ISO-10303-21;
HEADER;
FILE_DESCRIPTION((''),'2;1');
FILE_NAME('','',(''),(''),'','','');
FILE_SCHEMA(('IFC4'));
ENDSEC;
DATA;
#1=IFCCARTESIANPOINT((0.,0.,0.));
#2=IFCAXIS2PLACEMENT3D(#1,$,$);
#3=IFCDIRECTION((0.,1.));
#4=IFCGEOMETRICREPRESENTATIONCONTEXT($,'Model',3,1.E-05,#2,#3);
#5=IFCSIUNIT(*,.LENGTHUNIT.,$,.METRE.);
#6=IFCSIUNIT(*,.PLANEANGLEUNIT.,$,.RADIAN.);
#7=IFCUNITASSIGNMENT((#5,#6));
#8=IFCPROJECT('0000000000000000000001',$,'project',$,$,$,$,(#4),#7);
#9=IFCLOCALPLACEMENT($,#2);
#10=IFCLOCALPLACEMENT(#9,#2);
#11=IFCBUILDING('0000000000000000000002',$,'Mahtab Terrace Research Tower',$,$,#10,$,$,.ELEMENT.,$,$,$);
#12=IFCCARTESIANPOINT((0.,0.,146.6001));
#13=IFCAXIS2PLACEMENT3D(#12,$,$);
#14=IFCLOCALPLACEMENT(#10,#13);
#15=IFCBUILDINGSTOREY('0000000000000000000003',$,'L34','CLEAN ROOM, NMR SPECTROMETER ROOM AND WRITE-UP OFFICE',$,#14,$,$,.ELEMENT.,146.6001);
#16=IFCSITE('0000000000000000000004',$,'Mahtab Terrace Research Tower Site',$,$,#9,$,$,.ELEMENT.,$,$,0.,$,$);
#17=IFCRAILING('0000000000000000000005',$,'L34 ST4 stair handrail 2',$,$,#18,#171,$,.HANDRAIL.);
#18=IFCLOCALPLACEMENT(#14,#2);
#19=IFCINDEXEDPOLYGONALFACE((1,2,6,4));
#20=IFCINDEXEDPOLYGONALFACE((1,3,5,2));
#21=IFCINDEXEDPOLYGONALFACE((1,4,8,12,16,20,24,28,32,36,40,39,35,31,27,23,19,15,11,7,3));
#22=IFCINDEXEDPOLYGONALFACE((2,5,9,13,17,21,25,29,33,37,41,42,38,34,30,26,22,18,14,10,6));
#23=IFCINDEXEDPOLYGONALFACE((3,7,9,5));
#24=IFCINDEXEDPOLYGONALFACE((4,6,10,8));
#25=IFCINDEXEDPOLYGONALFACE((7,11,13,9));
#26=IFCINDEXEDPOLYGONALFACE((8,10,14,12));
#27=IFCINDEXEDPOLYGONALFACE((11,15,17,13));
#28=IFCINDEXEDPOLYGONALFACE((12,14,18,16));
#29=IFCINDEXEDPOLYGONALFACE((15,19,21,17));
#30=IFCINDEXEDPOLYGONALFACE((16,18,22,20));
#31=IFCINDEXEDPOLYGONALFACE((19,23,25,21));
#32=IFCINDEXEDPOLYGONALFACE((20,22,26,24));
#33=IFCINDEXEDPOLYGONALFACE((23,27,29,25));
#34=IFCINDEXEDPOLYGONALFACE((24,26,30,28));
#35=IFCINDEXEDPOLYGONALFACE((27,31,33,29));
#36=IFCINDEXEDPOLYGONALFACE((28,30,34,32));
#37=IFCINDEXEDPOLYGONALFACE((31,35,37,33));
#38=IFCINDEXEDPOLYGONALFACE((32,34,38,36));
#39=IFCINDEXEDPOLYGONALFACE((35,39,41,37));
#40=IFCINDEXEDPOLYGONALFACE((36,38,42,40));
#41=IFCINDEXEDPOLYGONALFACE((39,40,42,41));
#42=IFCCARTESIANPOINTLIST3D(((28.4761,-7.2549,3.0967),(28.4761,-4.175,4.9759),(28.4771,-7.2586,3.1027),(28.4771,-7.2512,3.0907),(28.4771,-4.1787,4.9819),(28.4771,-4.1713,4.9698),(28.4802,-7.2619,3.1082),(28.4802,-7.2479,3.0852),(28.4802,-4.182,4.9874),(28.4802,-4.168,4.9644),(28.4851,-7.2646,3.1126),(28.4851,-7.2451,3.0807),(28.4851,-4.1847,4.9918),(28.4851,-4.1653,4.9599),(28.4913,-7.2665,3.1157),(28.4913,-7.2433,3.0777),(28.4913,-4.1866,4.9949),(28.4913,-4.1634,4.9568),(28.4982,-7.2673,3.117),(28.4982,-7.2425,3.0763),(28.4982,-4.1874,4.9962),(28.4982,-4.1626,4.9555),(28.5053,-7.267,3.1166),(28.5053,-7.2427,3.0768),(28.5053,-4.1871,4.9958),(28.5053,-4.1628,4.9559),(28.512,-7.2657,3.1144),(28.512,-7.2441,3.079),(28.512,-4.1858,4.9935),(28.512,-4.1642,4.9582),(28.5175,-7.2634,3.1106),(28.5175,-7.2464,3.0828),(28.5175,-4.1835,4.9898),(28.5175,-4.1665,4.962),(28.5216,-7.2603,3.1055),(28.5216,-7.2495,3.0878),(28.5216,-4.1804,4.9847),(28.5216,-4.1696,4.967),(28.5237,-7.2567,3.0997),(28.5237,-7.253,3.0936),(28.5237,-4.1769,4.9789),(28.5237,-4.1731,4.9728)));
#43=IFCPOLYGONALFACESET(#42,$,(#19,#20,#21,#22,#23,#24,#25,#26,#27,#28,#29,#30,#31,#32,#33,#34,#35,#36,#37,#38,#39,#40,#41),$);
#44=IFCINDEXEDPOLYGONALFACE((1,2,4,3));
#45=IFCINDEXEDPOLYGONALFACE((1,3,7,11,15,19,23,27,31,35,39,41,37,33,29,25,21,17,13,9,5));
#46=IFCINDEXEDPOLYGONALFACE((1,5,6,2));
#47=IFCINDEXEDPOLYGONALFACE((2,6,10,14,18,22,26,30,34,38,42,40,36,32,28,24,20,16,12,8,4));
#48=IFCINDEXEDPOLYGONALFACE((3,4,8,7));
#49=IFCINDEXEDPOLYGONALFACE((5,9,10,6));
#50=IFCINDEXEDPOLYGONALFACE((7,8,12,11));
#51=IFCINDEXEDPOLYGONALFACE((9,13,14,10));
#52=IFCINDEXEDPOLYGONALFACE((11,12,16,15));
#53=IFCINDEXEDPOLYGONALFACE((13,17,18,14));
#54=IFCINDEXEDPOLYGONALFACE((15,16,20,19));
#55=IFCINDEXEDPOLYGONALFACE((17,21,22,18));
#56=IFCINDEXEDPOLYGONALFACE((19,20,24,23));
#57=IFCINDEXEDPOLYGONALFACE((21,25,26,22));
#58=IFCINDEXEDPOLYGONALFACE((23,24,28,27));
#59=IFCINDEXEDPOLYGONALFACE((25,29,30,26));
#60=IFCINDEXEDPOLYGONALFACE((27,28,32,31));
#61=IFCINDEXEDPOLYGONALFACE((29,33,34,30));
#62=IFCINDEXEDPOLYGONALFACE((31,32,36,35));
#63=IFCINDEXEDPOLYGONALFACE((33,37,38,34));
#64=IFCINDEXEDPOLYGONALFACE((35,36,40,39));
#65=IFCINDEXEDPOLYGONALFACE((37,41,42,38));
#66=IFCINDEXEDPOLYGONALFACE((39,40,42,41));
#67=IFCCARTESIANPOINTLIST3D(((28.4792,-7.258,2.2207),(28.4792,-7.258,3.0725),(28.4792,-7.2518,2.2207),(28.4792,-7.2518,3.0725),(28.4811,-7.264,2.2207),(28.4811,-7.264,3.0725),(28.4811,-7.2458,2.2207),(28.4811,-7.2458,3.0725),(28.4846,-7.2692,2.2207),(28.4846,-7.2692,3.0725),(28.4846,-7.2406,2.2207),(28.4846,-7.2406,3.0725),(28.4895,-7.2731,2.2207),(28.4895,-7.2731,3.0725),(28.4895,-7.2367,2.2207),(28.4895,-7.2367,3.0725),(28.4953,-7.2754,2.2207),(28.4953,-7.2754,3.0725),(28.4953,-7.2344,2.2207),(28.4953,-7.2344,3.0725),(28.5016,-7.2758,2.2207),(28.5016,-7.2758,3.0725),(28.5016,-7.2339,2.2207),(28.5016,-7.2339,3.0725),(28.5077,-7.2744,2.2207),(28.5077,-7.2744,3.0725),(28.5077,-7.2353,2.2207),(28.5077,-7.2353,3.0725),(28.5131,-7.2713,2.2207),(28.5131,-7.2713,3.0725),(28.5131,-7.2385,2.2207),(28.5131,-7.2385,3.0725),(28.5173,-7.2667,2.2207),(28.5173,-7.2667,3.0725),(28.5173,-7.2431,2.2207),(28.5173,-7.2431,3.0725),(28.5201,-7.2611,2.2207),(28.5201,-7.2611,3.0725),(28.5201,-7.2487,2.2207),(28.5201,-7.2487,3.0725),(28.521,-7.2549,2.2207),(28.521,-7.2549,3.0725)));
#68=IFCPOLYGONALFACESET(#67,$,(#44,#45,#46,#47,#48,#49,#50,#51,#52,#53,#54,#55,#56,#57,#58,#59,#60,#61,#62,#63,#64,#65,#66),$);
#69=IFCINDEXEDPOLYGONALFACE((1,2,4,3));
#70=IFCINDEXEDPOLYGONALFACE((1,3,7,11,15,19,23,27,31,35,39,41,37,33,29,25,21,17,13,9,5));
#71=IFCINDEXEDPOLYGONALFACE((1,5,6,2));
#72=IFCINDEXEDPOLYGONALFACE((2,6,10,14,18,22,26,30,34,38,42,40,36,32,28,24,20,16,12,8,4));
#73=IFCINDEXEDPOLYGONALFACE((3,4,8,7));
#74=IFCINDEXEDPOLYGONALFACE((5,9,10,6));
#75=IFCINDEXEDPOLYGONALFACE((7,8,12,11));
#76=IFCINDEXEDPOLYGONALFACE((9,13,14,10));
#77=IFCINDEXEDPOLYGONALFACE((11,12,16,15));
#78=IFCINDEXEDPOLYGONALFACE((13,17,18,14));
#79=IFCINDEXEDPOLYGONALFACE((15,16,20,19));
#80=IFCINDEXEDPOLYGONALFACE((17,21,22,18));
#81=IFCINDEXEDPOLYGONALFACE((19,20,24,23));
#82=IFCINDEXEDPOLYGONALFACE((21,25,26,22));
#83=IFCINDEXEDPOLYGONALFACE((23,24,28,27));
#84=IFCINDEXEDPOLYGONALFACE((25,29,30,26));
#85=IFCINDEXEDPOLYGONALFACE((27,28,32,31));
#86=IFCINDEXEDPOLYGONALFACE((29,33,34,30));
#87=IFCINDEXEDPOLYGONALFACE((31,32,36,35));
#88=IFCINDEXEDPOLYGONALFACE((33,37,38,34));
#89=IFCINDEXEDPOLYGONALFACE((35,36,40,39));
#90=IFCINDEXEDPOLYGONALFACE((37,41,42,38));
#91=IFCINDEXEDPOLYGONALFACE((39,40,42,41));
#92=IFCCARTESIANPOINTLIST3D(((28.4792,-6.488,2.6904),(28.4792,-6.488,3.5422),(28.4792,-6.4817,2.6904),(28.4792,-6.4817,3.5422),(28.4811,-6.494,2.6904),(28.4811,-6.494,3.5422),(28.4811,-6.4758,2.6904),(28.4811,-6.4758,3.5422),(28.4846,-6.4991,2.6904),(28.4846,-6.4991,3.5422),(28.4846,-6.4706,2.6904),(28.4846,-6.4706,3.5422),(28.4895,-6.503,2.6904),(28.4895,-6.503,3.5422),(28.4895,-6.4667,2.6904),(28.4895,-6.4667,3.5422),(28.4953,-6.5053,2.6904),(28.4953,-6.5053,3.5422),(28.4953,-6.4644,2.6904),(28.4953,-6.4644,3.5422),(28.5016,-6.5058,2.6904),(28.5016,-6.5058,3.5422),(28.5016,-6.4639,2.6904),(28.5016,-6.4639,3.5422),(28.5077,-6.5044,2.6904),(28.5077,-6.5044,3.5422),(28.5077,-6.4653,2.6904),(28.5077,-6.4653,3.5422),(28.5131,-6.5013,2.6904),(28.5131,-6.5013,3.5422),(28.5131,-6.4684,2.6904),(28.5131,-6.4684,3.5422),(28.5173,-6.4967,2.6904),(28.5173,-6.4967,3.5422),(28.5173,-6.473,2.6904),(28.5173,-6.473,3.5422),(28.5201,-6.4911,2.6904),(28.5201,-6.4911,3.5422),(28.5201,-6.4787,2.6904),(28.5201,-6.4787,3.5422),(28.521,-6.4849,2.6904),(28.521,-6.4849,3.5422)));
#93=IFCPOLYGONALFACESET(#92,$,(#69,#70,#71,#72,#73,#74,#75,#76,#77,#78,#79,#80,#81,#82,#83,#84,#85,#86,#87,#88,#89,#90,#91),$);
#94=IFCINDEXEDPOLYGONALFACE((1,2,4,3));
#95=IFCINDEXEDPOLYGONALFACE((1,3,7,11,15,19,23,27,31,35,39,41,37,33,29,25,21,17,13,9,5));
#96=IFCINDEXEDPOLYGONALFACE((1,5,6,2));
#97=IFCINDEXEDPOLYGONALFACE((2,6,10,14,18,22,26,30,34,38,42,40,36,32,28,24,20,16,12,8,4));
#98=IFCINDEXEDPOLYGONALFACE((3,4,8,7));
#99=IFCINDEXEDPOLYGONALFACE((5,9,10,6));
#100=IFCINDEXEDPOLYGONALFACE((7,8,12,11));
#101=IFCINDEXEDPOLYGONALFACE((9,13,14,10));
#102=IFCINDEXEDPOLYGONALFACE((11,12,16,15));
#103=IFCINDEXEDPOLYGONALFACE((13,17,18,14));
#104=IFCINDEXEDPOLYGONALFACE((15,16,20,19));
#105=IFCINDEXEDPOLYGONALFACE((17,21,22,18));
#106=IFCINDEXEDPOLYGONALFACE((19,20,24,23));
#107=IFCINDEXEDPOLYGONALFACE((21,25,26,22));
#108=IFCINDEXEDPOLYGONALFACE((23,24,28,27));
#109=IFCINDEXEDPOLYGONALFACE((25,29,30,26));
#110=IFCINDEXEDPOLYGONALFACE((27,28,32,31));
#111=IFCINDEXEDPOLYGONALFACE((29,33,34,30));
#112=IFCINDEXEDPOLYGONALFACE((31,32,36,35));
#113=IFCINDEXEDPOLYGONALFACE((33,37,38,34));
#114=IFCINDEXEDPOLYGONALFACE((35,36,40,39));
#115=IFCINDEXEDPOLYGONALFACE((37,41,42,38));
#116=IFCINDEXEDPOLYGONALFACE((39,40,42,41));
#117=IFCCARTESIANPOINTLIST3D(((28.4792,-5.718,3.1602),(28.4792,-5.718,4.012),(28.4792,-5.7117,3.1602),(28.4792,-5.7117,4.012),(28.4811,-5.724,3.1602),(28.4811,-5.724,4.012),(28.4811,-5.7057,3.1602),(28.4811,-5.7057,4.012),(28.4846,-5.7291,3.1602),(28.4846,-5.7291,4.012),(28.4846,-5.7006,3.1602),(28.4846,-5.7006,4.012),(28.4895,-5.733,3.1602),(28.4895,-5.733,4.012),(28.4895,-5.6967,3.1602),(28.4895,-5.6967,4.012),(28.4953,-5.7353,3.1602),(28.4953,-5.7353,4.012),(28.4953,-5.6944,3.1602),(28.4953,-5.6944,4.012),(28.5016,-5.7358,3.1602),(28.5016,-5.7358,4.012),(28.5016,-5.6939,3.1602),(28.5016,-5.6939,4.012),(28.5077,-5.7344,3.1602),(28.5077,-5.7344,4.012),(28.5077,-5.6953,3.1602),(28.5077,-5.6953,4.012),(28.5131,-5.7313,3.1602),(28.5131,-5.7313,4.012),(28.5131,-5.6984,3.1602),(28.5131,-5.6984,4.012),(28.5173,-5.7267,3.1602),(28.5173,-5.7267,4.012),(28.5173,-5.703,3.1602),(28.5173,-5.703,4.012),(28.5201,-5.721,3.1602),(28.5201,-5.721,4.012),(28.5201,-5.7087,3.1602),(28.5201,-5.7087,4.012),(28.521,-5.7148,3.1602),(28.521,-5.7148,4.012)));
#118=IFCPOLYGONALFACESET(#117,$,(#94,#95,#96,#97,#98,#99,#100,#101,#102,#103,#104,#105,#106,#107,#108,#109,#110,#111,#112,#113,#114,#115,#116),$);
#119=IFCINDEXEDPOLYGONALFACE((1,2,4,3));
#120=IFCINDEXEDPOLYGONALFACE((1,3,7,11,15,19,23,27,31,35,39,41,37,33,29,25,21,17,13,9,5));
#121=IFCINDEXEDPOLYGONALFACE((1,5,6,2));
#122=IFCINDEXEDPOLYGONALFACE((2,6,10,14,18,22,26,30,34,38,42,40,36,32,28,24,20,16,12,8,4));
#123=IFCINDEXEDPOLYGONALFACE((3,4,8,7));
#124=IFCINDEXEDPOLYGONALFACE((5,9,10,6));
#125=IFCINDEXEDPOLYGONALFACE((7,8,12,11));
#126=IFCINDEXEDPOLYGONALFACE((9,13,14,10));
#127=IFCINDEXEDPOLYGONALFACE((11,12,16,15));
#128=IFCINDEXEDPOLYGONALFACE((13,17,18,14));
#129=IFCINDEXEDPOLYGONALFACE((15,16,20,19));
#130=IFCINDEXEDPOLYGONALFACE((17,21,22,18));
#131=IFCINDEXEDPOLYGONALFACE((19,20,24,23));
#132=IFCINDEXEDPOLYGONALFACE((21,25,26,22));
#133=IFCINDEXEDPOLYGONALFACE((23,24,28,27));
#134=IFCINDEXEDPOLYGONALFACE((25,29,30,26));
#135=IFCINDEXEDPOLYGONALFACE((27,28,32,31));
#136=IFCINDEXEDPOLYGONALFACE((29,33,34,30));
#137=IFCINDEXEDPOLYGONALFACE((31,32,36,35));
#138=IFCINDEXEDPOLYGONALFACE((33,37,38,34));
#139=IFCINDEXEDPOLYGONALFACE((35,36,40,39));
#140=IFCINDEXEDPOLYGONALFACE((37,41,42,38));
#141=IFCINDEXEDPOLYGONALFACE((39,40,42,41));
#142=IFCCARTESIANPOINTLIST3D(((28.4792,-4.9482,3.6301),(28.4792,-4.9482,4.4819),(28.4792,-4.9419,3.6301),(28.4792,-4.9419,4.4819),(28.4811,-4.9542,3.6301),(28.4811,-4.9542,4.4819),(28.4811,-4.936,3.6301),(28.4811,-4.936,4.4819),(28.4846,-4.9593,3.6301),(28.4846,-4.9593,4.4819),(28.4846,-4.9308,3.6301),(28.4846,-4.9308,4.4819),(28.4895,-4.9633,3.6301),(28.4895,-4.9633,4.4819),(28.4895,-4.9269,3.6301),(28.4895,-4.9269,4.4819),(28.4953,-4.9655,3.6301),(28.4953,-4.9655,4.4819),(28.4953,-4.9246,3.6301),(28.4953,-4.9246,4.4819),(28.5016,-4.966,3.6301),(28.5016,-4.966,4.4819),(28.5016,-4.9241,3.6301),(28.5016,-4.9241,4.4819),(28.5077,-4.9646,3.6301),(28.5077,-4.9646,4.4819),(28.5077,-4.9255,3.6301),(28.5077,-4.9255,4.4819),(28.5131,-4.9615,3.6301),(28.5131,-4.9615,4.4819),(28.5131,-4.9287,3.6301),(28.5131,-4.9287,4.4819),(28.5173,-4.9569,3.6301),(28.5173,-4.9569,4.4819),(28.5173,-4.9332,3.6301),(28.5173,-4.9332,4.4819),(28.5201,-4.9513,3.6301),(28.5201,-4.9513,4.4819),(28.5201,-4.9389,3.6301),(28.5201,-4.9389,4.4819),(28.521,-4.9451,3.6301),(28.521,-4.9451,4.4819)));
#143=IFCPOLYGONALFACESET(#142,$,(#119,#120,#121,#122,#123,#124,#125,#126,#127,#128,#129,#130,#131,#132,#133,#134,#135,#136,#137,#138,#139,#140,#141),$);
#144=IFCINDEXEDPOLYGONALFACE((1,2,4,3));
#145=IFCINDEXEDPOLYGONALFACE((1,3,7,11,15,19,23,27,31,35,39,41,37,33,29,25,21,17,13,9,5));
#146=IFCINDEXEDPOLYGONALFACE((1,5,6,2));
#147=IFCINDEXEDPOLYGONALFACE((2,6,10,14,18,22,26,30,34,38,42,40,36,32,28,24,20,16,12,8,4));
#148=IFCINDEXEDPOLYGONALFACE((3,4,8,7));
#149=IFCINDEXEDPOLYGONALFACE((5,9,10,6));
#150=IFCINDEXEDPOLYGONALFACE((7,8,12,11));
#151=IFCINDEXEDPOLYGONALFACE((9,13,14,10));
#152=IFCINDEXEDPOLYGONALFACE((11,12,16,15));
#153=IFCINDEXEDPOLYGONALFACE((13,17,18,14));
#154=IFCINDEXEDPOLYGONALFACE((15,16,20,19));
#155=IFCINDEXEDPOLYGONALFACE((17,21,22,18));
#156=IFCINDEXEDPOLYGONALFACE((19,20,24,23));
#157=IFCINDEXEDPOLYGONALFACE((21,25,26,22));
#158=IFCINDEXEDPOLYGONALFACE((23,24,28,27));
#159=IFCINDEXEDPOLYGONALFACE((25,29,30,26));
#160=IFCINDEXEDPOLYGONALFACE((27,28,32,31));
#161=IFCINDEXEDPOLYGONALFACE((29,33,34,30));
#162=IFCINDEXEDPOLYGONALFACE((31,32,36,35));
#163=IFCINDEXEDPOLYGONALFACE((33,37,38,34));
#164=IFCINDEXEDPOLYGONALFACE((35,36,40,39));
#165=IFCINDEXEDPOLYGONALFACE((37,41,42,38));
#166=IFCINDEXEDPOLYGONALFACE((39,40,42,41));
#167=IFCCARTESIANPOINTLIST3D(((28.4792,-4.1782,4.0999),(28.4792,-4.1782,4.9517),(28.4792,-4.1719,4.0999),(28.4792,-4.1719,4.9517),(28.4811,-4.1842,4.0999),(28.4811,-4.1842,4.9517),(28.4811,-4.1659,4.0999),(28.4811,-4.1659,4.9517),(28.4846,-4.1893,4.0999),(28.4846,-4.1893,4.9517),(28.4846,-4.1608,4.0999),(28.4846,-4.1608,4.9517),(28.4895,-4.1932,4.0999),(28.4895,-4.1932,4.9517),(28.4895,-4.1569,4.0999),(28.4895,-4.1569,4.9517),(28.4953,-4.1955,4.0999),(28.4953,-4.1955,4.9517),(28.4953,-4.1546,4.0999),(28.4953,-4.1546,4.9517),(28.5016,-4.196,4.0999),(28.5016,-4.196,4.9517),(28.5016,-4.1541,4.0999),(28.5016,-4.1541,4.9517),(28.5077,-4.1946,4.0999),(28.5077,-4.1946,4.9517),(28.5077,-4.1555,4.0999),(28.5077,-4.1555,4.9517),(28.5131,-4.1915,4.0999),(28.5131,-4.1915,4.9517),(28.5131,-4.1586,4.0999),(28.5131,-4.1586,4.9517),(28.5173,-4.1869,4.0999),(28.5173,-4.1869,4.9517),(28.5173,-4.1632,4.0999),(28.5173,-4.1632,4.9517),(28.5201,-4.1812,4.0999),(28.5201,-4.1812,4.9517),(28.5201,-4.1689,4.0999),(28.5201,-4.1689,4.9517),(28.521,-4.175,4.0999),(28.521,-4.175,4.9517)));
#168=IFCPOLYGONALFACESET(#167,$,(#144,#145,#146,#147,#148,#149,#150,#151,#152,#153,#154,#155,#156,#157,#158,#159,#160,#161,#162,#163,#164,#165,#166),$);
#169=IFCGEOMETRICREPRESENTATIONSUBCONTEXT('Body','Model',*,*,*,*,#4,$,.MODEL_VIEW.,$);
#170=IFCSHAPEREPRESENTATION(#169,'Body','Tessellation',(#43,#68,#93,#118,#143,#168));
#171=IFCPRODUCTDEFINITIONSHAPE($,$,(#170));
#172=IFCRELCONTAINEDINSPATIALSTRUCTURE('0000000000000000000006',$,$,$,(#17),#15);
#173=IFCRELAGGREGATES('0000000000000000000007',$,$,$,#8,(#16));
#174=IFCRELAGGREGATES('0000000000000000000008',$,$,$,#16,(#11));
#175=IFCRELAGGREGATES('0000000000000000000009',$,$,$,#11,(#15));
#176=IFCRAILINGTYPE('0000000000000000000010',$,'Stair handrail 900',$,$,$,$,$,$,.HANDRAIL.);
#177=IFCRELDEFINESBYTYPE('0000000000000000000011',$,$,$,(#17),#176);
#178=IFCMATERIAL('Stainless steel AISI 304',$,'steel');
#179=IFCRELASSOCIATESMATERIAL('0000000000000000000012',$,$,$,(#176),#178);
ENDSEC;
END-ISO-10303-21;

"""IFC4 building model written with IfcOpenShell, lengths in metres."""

from ifc_helpers import new_model, si_unit, direction, frame, origin, origin_2d, place, context, subcontext, project, spatial, circle, extrude, material, type_object, element, save


model = new_model("IFC4")

# Units and contexts
model_context = context("Model", 3, precision=1e-05, world=origin(), true_north=direction((0.0, 1.0)))
body_context = subcontext(model_context, "Body", "Model", "MODEL_VIEW")
ifc_project = project(units=[si_unit("LENGTHUNIT", "METRE"), si_unit("PLANEANGLEUNIT", "RADIAN")], contexts=[model_context])

# Site, building, storey
site_placement = place(None, origin())
site = spatial("IfcSite", under=ifc_project, at=site_placement, Name="Mahtab Terrace Research Tower Site", CompositionType="ELEMENT", RefElevation=0.0)
building_placement = place(site_placement, origin())
building = spatial("IfcBuilding", under=site, at=building_placement, Name="Mahtab Terrace Research Tower", CompositionType="ELEMENT")
storey_placement = place(building_placement, frame((0.0, 0.0, 146.6001)))
storey = spatial("IfcBuildingStorey", under=building, at=storey_placement, Name="L34", Description="CLEAN ROOM, NMR SPECTROMETER ROOM AND WRITE-UP OFFICE", CompositionType="ELEMENT", Elevation=146.6001)

# Railing
ifc_material_1 = material(Name="Stainless steel AISI 304", Category="steel")
railing_type_1 = type_object("IfcRailingType", Name="Stair handrail 900", PredefinedType="HANDRAIL", material=ifc_material_1)
railing_1_placement = place(storey_placement, frame((28.5, -7.2549, 2.2207)))
element("IfcRailing", 1, at=railing_1_placement, inside=storey, type_object=railing_type_1, Name="L34 ST4 stair handrail 2", PredefinedType="HANDRAIL", context=body_context, shape_type="SweptSolid", body=[
    extrude(circle(Radius=0.0239, at=origin_2d()), frame((0.0, 0.0, 0.876), z_axis=(0.0, 0.853648, 0.52085), x_axis=(-1.0, 0.0, 0.0)), (0.0, 0.0, 1.0), 3.6079),
    extrude(circle(Radius=0.021, at=origin_2d()), origin(), (0.0, 0.0, 1.0), 0.8518),
    extrude(circle(Radius=0.021, at=origin_2d()), frame((0.0, 0.77, 0.4697)), (0.0, 0.0, 1.0), 0.8518),
    extrude(circle(Radius=0.021, at=origin_2d()), frame((0.0, 1.54, 0.9395)), (0.0, 0.0, 1.0), 0.8518),
    extrude(circle(Radius=0.021, at=origin_2d()), frame((0.0, 2.3098, 1.4094)), (0.0, 0.0, 1.0), 0.8518),
    extrude(circle(Radius=0.021, at=origin_2d()), frame((0.0, 3.0798, 1.8792)), (0.0, 0.0, 1.0), 0.8518),
])

save(model, "model.ifc")
